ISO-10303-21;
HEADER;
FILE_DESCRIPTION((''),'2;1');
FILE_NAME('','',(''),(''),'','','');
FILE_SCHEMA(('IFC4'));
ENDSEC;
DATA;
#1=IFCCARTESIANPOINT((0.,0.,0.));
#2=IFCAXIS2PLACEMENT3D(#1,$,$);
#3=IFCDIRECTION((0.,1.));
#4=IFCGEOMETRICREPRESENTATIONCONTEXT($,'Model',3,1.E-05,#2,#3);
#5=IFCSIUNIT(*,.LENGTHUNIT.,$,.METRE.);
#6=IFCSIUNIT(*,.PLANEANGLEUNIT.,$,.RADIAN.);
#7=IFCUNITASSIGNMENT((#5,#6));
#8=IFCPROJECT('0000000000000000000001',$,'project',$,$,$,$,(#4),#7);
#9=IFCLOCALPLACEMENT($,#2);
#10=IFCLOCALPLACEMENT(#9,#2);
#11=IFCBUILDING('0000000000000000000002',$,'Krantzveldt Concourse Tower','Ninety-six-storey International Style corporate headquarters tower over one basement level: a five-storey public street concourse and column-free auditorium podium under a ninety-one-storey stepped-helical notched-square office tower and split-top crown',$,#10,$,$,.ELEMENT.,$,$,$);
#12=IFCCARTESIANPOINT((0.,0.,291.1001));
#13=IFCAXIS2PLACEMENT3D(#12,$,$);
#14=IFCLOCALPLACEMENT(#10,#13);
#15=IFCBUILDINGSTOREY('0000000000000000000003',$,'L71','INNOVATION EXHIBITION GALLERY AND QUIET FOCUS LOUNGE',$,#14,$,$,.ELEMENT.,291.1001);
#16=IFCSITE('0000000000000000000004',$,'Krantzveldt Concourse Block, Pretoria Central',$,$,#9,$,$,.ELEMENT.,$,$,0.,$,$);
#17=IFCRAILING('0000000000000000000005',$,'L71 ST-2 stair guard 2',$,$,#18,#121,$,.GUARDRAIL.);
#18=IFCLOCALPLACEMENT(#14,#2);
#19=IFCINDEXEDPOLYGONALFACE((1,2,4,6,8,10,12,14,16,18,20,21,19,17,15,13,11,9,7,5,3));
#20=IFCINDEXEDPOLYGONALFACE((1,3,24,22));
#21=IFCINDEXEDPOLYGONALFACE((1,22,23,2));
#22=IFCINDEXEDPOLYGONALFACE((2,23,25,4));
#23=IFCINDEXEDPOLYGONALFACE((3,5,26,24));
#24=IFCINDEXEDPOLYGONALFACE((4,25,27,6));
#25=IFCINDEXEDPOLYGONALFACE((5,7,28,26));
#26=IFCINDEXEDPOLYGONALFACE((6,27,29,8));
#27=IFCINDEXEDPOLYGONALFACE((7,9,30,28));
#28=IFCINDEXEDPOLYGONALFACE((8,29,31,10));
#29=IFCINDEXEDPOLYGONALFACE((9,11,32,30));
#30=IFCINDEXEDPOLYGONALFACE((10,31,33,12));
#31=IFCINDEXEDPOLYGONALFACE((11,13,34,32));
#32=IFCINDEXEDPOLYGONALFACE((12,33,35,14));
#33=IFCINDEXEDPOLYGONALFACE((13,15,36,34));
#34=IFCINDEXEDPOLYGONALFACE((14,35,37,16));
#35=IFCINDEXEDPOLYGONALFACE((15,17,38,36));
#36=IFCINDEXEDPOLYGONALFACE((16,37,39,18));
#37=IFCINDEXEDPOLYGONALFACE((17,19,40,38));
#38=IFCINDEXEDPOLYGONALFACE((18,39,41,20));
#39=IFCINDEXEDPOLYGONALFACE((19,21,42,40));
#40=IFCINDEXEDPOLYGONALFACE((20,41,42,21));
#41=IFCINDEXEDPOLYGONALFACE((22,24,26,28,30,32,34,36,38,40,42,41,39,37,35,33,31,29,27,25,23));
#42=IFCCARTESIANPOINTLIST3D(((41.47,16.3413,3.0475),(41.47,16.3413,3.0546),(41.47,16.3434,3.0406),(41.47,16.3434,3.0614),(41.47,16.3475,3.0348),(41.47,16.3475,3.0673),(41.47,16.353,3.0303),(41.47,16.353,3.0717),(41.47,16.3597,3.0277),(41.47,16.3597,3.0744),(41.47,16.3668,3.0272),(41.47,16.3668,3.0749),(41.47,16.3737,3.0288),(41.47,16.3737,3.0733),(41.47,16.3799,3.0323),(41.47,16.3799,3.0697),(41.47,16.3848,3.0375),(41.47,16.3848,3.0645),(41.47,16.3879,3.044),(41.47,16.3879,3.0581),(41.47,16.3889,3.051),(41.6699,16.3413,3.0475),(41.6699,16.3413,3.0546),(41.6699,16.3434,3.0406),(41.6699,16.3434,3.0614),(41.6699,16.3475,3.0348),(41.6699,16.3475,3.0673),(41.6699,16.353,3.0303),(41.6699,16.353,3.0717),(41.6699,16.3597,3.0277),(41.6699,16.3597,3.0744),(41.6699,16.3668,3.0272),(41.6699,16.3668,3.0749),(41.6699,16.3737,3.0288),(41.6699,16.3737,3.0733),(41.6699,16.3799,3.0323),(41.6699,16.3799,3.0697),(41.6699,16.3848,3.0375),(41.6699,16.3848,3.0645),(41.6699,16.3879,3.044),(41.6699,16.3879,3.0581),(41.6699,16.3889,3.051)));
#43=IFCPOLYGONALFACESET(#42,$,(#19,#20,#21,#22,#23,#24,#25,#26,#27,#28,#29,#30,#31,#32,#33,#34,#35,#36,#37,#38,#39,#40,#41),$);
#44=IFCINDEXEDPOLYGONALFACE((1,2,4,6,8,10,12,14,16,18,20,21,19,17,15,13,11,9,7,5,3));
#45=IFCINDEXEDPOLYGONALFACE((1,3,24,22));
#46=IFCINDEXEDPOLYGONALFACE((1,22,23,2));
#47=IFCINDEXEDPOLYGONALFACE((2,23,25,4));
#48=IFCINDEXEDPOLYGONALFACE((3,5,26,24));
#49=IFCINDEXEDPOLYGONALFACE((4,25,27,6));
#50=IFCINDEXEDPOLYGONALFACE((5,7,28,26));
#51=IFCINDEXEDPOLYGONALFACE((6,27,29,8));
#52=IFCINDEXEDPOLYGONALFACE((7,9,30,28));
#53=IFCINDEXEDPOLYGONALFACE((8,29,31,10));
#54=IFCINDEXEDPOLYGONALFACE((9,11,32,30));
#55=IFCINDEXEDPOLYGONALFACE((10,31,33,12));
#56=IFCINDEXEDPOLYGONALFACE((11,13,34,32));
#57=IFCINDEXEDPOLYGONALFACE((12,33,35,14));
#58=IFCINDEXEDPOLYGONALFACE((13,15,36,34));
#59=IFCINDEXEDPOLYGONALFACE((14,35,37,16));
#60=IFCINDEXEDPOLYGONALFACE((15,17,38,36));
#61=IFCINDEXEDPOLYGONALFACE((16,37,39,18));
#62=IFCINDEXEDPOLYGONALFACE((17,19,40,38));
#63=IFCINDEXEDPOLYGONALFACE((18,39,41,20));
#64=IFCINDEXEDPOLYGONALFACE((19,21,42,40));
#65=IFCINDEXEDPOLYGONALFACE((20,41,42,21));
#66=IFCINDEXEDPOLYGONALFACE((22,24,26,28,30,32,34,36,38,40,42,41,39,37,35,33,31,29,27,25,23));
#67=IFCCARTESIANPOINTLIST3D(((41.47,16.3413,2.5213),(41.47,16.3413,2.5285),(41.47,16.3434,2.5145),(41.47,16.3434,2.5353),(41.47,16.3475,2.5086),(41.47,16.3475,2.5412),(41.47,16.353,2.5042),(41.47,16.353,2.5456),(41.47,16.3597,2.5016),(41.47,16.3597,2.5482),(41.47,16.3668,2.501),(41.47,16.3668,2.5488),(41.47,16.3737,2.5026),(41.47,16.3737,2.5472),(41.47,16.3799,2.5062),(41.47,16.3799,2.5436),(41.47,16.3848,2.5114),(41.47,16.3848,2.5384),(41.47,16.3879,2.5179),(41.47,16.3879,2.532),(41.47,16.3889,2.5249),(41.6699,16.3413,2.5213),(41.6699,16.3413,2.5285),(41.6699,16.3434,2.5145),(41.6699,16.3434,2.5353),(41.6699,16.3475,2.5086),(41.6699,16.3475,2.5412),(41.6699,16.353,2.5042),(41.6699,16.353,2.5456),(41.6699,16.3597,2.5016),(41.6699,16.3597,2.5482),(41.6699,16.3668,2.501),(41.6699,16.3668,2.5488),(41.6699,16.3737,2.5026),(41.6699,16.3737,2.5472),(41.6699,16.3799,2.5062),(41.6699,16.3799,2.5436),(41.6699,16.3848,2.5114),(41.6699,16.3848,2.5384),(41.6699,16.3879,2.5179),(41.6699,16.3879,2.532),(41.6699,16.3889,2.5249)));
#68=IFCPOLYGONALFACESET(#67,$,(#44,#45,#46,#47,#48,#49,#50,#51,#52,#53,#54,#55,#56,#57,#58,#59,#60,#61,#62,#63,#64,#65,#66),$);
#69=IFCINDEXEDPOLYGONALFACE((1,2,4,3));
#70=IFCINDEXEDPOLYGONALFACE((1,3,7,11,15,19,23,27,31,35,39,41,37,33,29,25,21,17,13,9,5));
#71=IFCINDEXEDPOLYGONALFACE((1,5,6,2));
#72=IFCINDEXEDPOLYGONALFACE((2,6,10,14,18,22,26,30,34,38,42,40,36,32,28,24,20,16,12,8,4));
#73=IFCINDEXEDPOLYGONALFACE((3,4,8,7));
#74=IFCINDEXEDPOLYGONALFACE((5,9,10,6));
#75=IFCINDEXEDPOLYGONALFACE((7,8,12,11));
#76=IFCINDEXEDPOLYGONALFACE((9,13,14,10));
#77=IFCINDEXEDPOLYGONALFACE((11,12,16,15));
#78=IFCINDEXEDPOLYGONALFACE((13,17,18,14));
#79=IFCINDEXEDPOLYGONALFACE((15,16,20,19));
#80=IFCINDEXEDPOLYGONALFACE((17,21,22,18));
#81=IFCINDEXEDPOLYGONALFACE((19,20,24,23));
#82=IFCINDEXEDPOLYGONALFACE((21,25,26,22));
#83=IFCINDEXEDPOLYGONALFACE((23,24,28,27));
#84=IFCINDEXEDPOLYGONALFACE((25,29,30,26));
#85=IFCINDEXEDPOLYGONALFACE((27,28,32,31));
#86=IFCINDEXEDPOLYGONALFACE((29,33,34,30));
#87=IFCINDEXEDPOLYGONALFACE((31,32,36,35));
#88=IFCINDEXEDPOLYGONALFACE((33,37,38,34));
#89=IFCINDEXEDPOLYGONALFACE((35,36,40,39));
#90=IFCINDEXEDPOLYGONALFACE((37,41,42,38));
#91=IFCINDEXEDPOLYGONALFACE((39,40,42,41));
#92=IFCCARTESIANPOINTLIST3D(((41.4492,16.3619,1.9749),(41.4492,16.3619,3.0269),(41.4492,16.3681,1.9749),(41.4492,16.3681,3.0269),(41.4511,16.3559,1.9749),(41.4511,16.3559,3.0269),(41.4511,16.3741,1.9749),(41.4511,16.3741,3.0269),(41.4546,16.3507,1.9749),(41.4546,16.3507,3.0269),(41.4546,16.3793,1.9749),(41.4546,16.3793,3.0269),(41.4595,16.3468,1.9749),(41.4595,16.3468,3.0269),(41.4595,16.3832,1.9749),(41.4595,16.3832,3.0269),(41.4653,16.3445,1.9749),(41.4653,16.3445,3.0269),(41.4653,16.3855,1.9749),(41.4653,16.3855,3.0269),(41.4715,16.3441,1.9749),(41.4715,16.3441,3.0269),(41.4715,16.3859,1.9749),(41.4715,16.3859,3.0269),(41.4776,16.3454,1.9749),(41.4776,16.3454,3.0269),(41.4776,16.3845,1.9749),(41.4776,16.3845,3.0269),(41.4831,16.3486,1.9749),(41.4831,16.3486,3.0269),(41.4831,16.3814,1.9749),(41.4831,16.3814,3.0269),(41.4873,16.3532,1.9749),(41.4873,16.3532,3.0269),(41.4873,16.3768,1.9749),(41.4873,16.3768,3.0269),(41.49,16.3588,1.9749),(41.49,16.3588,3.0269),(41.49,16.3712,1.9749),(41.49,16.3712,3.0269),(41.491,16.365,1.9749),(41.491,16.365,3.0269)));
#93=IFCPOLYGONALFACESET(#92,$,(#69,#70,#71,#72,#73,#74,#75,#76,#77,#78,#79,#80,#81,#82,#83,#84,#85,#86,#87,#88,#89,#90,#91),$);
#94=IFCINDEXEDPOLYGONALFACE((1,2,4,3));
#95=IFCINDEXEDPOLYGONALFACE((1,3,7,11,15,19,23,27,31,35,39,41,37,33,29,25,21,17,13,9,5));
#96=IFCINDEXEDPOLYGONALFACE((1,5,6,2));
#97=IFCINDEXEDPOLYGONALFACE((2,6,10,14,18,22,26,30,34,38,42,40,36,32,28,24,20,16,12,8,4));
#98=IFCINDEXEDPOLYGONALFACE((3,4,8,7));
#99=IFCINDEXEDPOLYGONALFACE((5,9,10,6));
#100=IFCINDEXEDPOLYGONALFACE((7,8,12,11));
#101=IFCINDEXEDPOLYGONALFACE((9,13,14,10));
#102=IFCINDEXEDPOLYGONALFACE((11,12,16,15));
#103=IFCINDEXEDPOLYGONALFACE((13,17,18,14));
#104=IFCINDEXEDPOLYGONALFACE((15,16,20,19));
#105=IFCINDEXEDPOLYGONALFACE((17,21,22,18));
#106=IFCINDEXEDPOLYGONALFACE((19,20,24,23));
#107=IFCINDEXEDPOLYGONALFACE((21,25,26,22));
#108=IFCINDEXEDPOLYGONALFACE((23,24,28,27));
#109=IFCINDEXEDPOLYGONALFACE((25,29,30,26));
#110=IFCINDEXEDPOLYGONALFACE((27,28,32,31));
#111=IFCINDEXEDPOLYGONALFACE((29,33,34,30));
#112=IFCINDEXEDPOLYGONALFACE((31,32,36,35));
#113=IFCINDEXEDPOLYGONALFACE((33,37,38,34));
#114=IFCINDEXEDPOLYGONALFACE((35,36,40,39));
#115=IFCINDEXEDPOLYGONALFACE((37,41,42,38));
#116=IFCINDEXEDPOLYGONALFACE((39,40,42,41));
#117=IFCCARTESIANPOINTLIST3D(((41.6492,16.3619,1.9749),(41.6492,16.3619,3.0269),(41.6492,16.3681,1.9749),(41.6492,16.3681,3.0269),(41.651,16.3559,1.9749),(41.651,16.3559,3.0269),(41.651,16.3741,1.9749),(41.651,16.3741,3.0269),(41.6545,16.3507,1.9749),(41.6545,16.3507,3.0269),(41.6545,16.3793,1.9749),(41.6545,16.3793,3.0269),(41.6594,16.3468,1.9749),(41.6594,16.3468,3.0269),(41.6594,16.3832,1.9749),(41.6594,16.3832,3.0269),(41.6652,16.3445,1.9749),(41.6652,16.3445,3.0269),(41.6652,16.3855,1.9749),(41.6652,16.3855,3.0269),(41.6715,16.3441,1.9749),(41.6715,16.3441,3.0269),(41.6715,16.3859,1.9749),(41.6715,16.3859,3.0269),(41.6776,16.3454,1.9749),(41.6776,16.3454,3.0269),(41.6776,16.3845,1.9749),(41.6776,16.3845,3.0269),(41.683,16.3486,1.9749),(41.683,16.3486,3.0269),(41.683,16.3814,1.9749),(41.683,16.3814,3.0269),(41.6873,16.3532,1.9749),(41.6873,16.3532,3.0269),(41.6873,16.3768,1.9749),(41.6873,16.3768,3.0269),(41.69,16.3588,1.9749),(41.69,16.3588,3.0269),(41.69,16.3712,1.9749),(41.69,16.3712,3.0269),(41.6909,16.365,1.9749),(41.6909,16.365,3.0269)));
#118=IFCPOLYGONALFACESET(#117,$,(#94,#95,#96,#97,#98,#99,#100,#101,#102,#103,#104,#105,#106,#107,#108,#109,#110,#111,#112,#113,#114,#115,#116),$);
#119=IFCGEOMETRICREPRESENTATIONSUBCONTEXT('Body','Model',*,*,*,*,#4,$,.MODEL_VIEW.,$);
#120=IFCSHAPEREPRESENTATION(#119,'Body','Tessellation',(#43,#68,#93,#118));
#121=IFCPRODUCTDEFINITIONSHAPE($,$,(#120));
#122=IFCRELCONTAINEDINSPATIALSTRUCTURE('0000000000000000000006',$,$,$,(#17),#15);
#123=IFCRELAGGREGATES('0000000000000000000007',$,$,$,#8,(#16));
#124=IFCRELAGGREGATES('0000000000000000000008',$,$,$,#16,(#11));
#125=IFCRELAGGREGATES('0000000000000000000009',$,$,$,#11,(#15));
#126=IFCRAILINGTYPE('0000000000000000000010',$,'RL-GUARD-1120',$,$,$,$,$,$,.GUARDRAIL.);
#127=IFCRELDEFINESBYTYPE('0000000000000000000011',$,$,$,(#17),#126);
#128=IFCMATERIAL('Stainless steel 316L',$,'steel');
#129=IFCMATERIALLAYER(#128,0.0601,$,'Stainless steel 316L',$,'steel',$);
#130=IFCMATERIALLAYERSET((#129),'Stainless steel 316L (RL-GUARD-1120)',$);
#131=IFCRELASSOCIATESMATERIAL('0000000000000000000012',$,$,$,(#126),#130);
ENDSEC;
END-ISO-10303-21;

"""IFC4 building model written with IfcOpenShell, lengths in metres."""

from ifc_helpers import new_model, si_unit, direction, frame, origin, origin_2d, place, context, subcontext, project, spatial, circle, extrude, material, layer, layer_set, type_object, element, save


model = new_model("IFC4")

# Units and contexts
model_context = context("Model", 3, precision=1e-05, world=origin(), true_north=direction((0.0, 1.0)))
body_context = subcontext(model_context, "Body", "Model", "MODEL_VIEW")
ifc_project = project(units=[si_unit("LENGTHUNIT", "METRE"), si_unit("PLANEANGLEUNIT", "RADIAN")], contexts=[model_context])

# Site, building, storey
site_placement = place(None, origin())
site = spatial("IfcSite", under=ifc_project, at=site_placement, Name="Krantzveldt Concourse Block, Pretoria Central", CompositionType="ELEMENT", RefElevation=0.0)
building_placement = place(site_placement, origin())
building = spatial("IfcBuilding", under=site, at=building_placement, Name="Krantzveldt Concourse Tower", Description="Ninety-six-storey International Style corporate headquarters tower over one basement level: a five-storey public street concourse and column-free auditorium podium under a ninety-one-storey stepped-helical notched-square office tower and split-top crown", CompositionType="ELEMENT")
storey_placement = place(building_placement, frame((0.0, 0.0, 291.1001)))
storey = spatial("IfcBuildingStorey", under=building, at=storey_placement, Name="L71", Description="INNOVATION EXHIBITION GALLERY AND QUIET FOCUS LOUNGE", CompositionType="ELEMENT", Elevation=291.1001)

# Shared definitions
ifc_material_1 = material(Name="Stainless steel 316L", Category="steel")

# Railing
ifc_layer_1 = layer(ifc_material_1, 0.0601, Name="Stainless steel 316L", Category="steel")
ifc_layer_set_1 = layer_set([ifc_layer_1], Name="Stainless steel 316L (RL-GUARD-1120)")
railing_type_1 = type_object("IfcRailingType", Name="RL-GUARD-1120", PredefinedType="GUARDRAIL", material=ifc_layer_set_1)
for number, where, name in (
    (1, (41.47, 16.365, 1.9749), "L71 ST-2 stair guard 2"),
):
    element("IfcRailing", number, at=place(storey_placement, frame(where)), inside=storey, type_object=railing_type_1, Name=name, PredefinedType="GUARDRAIL", context=body_context, shape_type="SweptSolid", body=[
        extrude(circle(Radius=0.0239, at=origin_2d()), frame((0.0, 0.0, 1.0762), z_axis=(1.0, 0.0, 0.0), x_axis=(0.0, 1.0, 0.0)), (0.0, 0.0, 1.0), 0.2),
        extrude(circle(Radius=0.0239, at=origin_2d()), frame((0.0, 0.0, 0.55), z_axis=(1.0, 0.0, 0.0), x_axis=(0.0, 1.0, 0.0)), (0.0, 0.0, 1.0), 0.2),
        extrude(circle(Radius=0.021, at=origin_2d()), origin(), (0.0, 0.0, 1.0), 1.052),
        extrude(circle(Radius=0.021, at=origin_2d()), frame((0.2, 0.0, 0.0)), (0.0, 0.0, 1.0), 1.052),
    ])

save(model, "model.ifc")
